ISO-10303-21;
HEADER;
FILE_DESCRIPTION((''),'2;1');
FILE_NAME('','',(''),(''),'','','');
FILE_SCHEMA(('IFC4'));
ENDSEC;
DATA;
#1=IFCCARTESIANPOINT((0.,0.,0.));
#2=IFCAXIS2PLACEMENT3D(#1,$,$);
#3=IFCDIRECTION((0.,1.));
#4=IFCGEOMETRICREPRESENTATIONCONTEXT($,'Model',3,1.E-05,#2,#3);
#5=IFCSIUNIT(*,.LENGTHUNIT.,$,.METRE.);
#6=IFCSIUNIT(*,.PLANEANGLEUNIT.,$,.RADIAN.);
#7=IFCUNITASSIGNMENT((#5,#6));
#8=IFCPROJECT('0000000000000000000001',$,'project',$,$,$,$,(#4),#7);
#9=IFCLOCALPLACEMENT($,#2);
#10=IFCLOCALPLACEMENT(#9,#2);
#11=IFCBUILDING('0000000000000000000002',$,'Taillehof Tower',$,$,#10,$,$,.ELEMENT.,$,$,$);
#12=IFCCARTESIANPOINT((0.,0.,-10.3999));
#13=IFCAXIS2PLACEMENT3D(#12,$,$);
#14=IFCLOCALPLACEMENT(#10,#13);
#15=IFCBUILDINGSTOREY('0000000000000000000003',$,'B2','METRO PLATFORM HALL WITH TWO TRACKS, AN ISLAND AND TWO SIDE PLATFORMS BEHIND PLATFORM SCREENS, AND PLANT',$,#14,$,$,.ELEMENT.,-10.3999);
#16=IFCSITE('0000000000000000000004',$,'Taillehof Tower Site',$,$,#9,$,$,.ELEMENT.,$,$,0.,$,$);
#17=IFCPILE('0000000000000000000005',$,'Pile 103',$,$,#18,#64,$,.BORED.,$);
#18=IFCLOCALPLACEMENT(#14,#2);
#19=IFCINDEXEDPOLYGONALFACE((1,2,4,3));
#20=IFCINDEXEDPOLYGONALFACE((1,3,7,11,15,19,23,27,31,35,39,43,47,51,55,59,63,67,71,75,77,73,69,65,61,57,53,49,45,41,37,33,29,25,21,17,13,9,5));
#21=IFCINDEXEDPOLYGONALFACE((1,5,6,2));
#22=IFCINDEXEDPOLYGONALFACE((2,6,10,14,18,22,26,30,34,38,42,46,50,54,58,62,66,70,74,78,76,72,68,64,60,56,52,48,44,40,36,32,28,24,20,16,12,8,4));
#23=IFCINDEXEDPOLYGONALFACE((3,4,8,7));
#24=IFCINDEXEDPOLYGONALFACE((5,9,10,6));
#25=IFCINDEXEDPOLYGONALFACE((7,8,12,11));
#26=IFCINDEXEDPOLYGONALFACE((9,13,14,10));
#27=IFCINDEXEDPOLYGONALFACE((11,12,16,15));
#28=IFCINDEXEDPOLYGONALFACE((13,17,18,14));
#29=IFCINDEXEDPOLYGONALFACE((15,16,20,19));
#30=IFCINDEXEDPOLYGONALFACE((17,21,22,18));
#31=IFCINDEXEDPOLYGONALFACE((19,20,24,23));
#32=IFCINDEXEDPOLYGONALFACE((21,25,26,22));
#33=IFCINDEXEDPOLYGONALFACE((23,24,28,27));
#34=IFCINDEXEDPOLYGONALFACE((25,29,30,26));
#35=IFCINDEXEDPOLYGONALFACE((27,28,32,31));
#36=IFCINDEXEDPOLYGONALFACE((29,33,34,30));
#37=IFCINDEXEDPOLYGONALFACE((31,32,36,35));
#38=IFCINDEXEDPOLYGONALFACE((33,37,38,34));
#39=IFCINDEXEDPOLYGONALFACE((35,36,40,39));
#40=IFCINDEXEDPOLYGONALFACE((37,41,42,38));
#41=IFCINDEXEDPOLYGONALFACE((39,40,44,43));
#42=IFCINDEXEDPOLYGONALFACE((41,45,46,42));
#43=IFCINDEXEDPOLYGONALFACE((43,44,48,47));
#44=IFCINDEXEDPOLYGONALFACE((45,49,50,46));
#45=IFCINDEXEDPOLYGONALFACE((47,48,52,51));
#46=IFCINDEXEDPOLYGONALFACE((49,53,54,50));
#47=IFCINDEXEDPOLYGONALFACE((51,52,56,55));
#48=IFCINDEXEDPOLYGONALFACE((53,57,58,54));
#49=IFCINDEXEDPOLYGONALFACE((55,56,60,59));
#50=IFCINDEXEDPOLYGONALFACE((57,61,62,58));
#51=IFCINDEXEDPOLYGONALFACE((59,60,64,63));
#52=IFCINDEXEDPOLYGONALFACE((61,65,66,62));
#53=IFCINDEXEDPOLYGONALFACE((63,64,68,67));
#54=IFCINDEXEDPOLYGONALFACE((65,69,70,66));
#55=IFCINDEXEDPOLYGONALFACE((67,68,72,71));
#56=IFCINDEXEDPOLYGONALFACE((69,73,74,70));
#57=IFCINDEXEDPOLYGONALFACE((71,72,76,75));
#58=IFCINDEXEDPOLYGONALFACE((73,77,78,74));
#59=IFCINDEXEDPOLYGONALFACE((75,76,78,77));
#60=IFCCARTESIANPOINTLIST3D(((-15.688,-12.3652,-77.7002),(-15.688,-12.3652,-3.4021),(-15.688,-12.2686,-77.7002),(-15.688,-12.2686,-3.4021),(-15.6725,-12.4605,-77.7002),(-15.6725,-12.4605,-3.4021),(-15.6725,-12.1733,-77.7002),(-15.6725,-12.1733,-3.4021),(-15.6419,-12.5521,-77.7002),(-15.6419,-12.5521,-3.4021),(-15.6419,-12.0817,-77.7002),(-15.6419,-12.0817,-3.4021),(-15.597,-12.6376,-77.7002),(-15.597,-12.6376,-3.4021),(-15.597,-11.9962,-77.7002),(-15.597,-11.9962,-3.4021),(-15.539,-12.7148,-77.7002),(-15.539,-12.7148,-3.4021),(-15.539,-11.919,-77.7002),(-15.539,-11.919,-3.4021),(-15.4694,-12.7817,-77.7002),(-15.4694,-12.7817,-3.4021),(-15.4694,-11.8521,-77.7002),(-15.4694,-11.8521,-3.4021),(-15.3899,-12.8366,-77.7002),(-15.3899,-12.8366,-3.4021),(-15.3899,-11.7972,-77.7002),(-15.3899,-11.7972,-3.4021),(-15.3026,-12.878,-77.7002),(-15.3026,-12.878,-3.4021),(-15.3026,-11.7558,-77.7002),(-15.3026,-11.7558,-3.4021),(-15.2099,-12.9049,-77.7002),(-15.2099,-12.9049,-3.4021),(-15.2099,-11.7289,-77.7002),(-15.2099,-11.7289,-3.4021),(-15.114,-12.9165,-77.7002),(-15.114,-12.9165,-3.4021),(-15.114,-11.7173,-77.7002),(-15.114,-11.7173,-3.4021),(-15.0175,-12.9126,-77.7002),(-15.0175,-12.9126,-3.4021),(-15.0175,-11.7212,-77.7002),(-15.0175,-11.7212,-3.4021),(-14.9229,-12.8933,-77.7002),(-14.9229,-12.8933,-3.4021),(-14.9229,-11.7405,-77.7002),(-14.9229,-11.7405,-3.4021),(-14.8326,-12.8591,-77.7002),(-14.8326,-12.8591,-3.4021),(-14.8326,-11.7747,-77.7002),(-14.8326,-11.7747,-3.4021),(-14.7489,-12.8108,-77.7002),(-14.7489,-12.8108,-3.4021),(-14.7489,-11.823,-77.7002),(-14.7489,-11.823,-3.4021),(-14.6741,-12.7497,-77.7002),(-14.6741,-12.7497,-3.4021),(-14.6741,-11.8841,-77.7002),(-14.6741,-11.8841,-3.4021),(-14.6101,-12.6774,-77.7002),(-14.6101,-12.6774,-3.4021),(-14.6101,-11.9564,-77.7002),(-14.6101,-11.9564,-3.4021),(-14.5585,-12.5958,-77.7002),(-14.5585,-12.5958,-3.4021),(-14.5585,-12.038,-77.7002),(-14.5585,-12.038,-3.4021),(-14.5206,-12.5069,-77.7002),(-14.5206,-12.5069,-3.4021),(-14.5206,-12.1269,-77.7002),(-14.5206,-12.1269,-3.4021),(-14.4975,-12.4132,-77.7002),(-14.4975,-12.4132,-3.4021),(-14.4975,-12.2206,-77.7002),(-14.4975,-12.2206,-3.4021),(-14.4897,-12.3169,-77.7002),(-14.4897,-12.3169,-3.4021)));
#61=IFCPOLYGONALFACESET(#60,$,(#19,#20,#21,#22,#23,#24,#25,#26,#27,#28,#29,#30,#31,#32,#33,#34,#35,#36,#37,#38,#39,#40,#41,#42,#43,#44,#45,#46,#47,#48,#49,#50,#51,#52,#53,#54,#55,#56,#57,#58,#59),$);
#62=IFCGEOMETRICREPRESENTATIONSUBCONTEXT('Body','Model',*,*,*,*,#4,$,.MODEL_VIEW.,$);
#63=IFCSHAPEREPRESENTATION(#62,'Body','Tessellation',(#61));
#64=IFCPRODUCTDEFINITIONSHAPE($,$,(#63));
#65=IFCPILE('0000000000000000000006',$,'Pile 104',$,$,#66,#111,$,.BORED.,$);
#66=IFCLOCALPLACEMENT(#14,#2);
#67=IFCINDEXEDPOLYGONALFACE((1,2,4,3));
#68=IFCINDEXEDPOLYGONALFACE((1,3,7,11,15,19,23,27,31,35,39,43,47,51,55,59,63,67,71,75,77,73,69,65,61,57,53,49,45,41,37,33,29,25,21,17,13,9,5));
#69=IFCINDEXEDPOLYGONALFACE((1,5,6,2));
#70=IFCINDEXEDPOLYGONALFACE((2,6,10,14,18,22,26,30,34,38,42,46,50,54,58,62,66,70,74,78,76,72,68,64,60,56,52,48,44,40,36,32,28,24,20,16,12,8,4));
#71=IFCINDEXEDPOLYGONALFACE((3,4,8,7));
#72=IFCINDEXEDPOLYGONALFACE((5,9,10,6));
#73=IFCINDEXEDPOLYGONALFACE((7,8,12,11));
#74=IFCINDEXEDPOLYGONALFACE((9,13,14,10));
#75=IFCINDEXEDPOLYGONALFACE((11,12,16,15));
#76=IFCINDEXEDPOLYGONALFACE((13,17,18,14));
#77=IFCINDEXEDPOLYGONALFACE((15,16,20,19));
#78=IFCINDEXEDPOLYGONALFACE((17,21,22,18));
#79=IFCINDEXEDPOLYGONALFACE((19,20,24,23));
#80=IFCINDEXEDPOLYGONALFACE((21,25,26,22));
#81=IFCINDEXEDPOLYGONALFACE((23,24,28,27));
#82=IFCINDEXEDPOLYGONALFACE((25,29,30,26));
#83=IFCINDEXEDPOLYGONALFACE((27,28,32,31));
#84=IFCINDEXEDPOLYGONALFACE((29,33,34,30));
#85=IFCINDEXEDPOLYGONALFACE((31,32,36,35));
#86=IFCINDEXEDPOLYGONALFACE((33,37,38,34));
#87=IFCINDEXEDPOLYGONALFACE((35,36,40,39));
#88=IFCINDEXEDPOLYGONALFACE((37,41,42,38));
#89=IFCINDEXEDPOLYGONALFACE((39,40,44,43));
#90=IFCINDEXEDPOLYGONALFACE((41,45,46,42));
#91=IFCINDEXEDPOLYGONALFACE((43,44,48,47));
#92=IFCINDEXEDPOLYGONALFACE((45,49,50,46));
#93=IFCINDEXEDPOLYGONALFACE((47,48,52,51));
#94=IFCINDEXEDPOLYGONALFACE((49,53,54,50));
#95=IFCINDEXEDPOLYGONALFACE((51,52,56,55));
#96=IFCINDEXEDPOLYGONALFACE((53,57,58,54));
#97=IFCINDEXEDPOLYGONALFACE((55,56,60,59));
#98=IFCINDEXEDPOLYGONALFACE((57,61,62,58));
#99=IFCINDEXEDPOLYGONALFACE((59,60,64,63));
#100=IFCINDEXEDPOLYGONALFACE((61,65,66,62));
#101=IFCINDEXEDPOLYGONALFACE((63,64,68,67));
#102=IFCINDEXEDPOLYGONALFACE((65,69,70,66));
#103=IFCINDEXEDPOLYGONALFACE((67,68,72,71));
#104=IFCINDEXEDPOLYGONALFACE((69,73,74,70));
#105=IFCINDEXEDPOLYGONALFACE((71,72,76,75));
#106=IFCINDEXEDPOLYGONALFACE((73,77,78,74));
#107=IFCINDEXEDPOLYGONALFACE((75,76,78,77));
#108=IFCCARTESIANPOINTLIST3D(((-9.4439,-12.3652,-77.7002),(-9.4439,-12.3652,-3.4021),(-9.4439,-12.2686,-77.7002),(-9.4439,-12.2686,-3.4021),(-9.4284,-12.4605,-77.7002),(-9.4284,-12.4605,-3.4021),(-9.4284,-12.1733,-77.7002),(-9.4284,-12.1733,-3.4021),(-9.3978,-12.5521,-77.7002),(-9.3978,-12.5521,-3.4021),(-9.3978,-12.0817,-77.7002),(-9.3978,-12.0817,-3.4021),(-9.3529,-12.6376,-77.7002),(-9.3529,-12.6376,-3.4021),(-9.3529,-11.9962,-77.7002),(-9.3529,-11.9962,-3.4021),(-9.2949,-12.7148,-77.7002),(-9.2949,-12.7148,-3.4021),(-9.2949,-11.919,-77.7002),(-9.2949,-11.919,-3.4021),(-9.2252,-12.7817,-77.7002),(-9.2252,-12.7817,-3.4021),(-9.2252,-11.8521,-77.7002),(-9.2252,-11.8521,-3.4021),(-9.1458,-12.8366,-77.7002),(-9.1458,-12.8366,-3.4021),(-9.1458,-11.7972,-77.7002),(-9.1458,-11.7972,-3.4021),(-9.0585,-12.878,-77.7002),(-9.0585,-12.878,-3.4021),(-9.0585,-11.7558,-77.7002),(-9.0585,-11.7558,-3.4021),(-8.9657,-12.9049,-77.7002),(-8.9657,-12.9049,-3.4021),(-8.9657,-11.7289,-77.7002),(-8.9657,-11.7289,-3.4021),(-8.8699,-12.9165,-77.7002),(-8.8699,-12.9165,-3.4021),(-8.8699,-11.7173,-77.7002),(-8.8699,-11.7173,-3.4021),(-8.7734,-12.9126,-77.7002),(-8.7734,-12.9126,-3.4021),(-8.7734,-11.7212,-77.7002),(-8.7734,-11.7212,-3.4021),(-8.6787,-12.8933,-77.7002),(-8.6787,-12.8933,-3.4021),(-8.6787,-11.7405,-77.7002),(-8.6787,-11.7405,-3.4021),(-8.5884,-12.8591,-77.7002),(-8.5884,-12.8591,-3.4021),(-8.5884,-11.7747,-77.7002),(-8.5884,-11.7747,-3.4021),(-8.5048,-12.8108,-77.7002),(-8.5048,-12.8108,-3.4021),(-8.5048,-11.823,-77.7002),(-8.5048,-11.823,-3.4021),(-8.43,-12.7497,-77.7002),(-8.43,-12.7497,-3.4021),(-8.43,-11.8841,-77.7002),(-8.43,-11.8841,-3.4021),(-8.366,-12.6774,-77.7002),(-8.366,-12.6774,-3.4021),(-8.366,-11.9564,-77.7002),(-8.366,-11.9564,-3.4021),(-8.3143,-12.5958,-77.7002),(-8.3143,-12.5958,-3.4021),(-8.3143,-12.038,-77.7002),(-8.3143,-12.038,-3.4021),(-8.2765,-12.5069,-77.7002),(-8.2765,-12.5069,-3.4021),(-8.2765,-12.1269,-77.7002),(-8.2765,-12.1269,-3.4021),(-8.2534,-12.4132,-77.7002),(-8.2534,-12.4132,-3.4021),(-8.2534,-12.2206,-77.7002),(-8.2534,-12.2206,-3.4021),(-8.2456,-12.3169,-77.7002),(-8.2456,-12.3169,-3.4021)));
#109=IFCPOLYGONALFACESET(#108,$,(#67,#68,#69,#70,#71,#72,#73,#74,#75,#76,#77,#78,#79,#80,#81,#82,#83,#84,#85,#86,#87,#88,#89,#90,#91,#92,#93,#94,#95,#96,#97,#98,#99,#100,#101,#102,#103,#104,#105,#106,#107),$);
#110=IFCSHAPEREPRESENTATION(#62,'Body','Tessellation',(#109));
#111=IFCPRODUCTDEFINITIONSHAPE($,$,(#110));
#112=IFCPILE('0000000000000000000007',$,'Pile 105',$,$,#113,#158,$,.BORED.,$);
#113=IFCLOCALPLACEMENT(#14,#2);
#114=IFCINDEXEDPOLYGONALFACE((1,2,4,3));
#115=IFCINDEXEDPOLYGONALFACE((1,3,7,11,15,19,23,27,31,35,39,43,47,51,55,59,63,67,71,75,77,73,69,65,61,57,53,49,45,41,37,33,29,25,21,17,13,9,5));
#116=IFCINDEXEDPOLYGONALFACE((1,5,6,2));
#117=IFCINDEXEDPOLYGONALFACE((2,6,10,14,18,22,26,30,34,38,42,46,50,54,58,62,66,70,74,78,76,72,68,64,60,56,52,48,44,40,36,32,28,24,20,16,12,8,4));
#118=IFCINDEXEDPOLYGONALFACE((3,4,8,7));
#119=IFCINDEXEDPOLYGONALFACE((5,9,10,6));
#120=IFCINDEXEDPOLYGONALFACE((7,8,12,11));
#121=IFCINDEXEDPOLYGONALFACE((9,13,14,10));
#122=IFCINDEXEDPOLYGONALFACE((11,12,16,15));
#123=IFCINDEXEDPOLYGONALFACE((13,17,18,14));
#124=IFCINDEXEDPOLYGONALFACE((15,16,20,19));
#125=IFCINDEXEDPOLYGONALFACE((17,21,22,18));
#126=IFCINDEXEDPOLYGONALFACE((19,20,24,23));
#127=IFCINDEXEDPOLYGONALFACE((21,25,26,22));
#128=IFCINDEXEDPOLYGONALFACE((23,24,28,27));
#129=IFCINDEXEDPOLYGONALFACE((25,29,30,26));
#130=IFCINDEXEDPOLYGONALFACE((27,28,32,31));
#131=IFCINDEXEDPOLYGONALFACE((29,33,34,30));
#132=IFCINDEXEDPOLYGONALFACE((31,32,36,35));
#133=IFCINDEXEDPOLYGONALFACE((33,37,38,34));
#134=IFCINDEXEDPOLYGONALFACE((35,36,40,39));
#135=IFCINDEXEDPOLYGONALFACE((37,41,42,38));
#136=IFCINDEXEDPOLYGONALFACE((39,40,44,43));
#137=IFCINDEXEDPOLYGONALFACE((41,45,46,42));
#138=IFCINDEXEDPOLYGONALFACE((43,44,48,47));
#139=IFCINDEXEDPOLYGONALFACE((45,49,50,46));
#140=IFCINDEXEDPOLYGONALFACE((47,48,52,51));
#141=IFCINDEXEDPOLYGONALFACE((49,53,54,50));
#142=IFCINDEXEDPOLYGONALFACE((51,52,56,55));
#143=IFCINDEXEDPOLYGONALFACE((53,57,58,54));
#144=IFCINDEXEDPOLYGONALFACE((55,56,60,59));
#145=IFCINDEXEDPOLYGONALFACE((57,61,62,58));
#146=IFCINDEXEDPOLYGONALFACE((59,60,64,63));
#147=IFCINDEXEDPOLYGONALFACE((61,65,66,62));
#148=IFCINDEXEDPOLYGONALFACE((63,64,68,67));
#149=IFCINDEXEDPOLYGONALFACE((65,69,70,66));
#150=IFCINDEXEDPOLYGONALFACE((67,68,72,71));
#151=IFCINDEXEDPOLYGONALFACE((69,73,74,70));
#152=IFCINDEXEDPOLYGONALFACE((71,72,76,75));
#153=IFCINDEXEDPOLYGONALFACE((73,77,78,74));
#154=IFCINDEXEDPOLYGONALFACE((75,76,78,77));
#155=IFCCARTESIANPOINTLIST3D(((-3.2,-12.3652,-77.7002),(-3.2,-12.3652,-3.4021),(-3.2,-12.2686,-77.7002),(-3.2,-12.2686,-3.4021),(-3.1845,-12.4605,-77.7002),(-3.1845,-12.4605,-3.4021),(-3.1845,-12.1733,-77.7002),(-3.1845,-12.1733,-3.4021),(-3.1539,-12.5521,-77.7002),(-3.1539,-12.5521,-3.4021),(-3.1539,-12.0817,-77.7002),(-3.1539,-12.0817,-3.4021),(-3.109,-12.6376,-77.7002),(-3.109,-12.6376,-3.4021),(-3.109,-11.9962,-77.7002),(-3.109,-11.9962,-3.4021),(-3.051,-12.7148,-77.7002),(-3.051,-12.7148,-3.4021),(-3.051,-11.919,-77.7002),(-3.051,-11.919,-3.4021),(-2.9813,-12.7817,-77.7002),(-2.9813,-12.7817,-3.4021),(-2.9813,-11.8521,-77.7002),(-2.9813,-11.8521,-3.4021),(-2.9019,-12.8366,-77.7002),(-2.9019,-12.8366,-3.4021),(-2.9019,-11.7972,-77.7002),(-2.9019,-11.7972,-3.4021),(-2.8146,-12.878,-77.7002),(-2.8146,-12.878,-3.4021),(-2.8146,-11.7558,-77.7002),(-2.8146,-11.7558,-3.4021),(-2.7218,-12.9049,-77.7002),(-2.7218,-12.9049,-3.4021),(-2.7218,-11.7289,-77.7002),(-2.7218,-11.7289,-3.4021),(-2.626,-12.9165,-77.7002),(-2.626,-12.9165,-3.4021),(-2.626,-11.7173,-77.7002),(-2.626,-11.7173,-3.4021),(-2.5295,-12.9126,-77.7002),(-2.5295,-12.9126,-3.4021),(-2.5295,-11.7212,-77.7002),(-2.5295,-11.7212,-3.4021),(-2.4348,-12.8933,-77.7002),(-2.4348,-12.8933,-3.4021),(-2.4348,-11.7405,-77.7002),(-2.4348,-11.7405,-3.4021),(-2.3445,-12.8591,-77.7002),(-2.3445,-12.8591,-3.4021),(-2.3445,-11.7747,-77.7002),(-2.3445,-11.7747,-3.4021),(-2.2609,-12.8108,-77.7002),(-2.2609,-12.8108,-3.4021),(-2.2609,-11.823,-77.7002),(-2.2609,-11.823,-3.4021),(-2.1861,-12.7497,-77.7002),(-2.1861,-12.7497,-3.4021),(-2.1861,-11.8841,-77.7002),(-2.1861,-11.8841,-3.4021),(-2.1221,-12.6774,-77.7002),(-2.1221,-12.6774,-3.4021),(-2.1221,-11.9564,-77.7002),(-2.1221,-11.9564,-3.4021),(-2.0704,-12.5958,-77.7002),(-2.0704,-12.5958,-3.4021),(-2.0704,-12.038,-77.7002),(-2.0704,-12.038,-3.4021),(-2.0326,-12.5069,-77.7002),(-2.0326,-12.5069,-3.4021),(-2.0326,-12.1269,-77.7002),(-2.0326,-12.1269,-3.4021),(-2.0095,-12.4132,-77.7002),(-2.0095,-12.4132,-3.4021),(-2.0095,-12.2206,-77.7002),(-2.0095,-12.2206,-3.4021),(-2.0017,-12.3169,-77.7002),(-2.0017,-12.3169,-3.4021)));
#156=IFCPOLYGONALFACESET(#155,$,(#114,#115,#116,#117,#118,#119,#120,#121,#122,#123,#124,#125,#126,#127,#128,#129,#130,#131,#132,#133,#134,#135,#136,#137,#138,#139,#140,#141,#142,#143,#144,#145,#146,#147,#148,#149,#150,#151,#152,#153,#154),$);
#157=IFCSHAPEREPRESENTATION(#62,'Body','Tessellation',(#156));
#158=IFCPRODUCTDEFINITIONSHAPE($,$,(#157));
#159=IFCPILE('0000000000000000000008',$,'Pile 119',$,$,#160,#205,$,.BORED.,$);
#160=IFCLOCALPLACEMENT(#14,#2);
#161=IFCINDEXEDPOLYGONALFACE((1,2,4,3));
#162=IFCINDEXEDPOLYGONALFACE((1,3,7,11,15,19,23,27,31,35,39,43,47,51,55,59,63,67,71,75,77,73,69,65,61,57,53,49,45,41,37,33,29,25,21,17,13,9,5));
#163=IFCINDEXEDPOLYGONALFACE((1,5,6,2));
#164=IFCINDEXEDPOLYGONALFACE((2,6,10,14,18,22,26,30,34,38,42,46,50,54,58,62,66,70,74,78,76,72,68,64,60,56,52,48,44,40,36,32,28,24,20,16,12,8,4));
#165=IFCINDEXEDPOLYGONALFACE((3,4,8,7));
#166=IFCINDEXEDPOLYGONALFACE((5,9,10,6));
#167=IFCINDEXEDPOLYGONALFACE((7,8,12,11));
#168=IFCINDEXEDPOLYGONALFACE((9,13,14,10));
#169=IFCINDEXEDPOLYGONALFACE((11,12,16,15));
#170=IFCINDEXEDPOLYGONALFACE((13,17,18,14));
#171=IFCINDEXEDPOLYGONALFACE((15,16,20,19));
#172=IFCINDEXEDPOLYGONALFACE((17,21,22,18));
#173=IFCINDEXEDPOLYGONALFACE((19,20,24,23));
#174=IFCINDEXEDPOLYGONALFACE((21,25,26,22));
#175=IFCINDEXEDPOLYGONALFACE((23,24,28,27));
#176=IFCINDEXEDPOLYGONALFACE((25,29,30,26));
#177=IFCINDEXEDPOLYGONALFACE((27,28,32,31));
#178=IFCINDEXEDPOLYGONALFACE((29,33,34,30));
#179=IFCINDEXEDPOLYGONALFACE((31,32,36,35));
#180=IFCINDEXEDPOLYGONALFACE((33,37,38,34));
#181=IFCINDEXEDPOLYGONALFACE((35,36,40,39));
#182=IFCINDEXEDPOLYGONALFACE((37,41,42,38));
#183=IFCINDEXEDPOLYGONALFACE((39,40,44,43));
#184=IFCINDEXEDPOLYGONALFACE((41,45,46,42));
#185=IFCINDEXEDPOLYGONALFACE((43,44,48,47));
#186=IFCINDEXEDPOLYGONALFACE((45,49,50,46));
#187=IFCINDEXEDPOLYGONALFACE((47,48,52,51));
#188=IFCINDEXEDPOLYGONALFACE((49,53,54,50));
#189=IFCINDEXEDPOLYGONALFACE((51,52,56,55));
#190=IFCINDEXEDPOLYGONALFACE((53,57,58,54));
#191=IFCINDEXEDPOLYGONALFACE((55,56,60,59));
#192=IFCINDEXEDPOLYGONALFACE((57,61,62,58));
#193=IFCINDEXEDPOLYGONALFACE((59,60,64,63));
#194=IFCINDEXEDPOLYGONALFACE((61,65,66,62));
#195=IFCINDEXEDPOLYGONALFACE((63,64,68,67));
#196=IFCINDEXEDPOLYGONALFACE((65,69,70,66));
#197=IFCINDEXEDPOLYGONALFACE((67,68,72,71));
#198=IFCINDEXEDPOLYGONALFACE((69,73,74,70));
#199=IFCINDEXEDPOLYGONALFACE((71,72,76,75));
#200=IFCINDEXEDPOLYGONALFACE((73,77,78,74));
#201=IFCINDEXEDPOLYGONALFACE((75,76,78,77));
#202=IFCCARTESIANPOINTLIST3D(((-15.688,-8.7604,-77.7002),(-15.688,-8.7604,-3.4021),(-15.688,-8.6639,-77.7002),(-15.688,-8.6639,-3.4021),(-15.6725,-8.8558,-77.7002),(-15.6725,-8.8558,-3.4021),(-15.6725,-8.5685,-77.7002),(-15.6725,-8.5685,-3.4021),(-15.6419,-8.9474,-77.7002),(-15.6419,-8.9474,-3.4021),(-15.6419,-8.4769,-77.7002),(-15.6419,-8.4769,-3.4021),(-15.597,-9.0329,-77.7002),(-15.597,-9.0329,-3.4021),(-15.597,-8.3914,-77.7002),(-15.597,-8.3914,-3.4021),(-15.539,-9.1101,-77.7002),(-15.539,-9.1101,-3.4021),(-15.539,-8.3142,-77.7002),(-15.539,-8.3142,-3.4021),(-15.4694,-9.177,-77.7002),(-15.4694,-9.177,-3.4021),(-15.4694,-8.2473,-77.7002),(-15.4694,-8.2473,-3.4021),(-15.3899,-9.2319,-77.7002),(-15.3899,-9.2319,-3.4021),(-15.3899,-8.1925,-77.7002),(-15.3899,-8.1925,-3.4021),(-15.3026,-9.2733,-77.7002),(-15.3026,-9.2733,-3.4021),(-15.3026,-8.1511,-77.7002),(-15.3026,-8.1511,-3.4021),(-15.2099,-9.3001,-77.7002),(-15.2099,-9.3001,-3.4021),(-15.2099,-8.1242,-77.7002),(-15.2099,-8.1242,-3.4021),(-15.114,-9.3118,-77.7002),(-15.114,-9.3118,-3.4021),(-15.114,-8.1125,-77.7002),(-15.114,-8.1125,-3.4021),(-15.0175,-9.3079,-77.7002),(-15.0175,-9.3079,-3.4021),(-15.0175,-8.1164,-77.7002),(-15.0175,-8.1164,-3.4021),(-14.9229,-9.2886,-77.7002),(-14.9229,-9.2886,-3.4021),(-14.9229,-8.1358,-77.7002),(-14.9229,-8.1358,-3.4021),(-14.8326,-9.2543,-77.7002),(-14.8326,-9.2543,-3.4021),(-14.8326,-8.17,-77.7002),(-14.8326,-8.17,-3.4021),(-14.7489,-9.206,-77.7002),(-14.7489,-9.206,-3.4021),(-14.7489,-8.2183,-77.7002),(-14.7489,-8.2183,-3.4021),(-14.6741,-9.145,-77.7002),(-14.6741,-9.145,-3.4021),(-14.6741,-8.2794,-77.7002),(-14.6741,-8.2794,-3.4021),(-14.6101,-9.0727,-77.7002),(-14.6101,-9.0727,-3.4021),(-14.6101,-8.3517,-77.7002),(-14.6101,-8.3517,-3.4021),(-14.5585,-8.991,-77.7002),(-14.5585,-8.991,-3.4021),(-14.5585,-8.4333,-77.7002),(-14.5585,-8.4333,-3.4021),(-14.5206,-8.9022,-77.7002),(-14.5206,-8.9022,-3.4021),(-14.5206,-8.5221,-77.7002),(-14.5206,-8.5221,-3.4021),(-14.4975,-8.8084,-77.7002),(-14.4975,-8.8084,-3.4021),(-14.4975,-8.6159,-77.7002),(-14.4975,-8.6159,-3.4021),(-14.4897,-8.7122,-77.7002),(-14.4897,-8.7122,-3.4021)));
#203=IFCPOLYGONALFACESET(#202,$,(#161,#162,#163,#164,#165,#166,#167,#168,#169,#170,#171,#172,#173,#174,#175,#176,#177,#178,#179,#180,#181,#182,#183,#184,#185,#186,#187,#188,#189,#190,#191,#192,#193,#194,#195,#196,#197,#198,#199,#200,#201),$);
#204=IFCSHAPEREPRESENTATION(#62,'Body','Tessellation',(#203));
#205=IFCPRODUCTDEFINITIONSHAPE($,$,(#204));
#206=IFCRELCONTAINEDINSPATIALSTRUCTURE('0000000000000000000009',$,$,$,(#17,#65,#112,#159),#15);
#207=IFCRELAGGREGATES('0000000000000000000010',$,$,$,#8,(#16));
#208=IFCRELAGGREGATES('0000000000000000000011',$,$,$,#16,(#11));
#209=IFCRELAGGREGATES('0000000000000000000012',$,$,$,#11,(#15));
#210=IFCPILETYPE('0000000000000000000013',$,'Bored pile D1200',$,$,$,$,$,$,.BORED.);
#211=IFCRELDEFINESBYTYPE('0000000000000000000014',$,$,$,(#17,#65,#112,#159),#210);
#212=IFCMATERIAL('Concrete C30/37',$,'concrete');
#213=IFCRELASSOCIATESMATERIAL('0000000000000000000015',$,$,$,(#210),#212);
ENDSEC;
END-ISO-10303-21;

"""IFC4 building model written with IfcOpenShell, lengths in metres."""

from ifc_helpers import new_model, si_unit, direction, frame, origin, origin_2d, place, context, subcontext, project, spatial, circle, extrude, material, material_profile, profile_set, type_object, element, save


model = new_model("IFC4")

# Units and contexts
model_context = context("Model", 3, precision=1e-05, world=origin(), true_north=direction((0.0, 1.0)))
body_context = subcontext(model_context, "Body", "Model", "MODEL_VIEW")
ifc_project = project(units=[si_unit("LENGTHUNIT", "METRE"), si_unit("PLANEANGLEUNIT", "RADIAN")], contexts=[model_context])

# Site, building, storey
site_placement = place(None, origin())
site = spatial("IfcSite", under=ifc_project, at=site_placement, Name="Taillehof Tower Site", CompositionType="ELEMENT", RefElevation=0.0)
building_placement = place(site_placement, origin())
building = spatial("IfcBuilding", under=site, at=building_placement, Name="Taillehof Tower", CompositionType="ELEMENT")
storey_placement = place(building_placement, frame((0.0, 0.0, -10.3999)))
storey = spatial("IfcBuildingStorey", under=building, at=storey_placement, Name="B2", Description="METRO PLATFORM HALL WITH TWO TRACKS, AN ISLAND AND TWO SIDE PLATFORMS BEHIND PLATFORM SCREENS, AND PLANT", CompositionType="ELEMENT", Elevation=-10.3999)

# Piles
ifc_material_1 = material(Name="Concrete C30/37", Category="concrete")
ifc_material_profile_1 = material_profile(ifc_material_1, circle(Radius=0.6001, at=origin_2d()), Name="BP D1200")
ifc_profile_set_1 = profile_set([ifc_material_profile_1], Name="Concrete C30/37")
pile_type = type_object("IfcPileType", Name="Bored pile D1200", PredefinedType="BORED", material=ifc_profile_set_1)
for number, where, z_axis, x_axis, name in (
    (1, (-15.0898, -12.3169, -3.4021), (0.0, 0.0, -1.0), (1.0, 0.0, 0.0), "Pile 103"),
    (2, (-8.8457, -12.3169, -3.4021), (0.0, 0.0, -1.0), (1.0, 0.0, 0.0), "Pile 104"),
    (3, (-2.6018, -12.3169, -3.4021), (0.0, 0.0, -1.0), (1.0, 0.0, 0.0), "Pile 105"),
    (4, (-15.0898, -8.7122, -3.4021), (0.0, 0.0, -1.0), (1.0, 0.0, 0.0), "Pile 119"),
):
    element("IfcPile", number, at=place(storey_placement, frame(where, z_axis=z_axis, x_axis=x_axis)), inside=storey, type_object=pile_type, Name=name, PredefinedType="BORED", context=body_context, shape_type="SweptSolid", body=[
        extrude(circle(Radius=0.6001, at=origin_2d()), origin(), (0.0, 0.0, 1.0), 74.2981),
    ])

save(model, "model.ifc")
